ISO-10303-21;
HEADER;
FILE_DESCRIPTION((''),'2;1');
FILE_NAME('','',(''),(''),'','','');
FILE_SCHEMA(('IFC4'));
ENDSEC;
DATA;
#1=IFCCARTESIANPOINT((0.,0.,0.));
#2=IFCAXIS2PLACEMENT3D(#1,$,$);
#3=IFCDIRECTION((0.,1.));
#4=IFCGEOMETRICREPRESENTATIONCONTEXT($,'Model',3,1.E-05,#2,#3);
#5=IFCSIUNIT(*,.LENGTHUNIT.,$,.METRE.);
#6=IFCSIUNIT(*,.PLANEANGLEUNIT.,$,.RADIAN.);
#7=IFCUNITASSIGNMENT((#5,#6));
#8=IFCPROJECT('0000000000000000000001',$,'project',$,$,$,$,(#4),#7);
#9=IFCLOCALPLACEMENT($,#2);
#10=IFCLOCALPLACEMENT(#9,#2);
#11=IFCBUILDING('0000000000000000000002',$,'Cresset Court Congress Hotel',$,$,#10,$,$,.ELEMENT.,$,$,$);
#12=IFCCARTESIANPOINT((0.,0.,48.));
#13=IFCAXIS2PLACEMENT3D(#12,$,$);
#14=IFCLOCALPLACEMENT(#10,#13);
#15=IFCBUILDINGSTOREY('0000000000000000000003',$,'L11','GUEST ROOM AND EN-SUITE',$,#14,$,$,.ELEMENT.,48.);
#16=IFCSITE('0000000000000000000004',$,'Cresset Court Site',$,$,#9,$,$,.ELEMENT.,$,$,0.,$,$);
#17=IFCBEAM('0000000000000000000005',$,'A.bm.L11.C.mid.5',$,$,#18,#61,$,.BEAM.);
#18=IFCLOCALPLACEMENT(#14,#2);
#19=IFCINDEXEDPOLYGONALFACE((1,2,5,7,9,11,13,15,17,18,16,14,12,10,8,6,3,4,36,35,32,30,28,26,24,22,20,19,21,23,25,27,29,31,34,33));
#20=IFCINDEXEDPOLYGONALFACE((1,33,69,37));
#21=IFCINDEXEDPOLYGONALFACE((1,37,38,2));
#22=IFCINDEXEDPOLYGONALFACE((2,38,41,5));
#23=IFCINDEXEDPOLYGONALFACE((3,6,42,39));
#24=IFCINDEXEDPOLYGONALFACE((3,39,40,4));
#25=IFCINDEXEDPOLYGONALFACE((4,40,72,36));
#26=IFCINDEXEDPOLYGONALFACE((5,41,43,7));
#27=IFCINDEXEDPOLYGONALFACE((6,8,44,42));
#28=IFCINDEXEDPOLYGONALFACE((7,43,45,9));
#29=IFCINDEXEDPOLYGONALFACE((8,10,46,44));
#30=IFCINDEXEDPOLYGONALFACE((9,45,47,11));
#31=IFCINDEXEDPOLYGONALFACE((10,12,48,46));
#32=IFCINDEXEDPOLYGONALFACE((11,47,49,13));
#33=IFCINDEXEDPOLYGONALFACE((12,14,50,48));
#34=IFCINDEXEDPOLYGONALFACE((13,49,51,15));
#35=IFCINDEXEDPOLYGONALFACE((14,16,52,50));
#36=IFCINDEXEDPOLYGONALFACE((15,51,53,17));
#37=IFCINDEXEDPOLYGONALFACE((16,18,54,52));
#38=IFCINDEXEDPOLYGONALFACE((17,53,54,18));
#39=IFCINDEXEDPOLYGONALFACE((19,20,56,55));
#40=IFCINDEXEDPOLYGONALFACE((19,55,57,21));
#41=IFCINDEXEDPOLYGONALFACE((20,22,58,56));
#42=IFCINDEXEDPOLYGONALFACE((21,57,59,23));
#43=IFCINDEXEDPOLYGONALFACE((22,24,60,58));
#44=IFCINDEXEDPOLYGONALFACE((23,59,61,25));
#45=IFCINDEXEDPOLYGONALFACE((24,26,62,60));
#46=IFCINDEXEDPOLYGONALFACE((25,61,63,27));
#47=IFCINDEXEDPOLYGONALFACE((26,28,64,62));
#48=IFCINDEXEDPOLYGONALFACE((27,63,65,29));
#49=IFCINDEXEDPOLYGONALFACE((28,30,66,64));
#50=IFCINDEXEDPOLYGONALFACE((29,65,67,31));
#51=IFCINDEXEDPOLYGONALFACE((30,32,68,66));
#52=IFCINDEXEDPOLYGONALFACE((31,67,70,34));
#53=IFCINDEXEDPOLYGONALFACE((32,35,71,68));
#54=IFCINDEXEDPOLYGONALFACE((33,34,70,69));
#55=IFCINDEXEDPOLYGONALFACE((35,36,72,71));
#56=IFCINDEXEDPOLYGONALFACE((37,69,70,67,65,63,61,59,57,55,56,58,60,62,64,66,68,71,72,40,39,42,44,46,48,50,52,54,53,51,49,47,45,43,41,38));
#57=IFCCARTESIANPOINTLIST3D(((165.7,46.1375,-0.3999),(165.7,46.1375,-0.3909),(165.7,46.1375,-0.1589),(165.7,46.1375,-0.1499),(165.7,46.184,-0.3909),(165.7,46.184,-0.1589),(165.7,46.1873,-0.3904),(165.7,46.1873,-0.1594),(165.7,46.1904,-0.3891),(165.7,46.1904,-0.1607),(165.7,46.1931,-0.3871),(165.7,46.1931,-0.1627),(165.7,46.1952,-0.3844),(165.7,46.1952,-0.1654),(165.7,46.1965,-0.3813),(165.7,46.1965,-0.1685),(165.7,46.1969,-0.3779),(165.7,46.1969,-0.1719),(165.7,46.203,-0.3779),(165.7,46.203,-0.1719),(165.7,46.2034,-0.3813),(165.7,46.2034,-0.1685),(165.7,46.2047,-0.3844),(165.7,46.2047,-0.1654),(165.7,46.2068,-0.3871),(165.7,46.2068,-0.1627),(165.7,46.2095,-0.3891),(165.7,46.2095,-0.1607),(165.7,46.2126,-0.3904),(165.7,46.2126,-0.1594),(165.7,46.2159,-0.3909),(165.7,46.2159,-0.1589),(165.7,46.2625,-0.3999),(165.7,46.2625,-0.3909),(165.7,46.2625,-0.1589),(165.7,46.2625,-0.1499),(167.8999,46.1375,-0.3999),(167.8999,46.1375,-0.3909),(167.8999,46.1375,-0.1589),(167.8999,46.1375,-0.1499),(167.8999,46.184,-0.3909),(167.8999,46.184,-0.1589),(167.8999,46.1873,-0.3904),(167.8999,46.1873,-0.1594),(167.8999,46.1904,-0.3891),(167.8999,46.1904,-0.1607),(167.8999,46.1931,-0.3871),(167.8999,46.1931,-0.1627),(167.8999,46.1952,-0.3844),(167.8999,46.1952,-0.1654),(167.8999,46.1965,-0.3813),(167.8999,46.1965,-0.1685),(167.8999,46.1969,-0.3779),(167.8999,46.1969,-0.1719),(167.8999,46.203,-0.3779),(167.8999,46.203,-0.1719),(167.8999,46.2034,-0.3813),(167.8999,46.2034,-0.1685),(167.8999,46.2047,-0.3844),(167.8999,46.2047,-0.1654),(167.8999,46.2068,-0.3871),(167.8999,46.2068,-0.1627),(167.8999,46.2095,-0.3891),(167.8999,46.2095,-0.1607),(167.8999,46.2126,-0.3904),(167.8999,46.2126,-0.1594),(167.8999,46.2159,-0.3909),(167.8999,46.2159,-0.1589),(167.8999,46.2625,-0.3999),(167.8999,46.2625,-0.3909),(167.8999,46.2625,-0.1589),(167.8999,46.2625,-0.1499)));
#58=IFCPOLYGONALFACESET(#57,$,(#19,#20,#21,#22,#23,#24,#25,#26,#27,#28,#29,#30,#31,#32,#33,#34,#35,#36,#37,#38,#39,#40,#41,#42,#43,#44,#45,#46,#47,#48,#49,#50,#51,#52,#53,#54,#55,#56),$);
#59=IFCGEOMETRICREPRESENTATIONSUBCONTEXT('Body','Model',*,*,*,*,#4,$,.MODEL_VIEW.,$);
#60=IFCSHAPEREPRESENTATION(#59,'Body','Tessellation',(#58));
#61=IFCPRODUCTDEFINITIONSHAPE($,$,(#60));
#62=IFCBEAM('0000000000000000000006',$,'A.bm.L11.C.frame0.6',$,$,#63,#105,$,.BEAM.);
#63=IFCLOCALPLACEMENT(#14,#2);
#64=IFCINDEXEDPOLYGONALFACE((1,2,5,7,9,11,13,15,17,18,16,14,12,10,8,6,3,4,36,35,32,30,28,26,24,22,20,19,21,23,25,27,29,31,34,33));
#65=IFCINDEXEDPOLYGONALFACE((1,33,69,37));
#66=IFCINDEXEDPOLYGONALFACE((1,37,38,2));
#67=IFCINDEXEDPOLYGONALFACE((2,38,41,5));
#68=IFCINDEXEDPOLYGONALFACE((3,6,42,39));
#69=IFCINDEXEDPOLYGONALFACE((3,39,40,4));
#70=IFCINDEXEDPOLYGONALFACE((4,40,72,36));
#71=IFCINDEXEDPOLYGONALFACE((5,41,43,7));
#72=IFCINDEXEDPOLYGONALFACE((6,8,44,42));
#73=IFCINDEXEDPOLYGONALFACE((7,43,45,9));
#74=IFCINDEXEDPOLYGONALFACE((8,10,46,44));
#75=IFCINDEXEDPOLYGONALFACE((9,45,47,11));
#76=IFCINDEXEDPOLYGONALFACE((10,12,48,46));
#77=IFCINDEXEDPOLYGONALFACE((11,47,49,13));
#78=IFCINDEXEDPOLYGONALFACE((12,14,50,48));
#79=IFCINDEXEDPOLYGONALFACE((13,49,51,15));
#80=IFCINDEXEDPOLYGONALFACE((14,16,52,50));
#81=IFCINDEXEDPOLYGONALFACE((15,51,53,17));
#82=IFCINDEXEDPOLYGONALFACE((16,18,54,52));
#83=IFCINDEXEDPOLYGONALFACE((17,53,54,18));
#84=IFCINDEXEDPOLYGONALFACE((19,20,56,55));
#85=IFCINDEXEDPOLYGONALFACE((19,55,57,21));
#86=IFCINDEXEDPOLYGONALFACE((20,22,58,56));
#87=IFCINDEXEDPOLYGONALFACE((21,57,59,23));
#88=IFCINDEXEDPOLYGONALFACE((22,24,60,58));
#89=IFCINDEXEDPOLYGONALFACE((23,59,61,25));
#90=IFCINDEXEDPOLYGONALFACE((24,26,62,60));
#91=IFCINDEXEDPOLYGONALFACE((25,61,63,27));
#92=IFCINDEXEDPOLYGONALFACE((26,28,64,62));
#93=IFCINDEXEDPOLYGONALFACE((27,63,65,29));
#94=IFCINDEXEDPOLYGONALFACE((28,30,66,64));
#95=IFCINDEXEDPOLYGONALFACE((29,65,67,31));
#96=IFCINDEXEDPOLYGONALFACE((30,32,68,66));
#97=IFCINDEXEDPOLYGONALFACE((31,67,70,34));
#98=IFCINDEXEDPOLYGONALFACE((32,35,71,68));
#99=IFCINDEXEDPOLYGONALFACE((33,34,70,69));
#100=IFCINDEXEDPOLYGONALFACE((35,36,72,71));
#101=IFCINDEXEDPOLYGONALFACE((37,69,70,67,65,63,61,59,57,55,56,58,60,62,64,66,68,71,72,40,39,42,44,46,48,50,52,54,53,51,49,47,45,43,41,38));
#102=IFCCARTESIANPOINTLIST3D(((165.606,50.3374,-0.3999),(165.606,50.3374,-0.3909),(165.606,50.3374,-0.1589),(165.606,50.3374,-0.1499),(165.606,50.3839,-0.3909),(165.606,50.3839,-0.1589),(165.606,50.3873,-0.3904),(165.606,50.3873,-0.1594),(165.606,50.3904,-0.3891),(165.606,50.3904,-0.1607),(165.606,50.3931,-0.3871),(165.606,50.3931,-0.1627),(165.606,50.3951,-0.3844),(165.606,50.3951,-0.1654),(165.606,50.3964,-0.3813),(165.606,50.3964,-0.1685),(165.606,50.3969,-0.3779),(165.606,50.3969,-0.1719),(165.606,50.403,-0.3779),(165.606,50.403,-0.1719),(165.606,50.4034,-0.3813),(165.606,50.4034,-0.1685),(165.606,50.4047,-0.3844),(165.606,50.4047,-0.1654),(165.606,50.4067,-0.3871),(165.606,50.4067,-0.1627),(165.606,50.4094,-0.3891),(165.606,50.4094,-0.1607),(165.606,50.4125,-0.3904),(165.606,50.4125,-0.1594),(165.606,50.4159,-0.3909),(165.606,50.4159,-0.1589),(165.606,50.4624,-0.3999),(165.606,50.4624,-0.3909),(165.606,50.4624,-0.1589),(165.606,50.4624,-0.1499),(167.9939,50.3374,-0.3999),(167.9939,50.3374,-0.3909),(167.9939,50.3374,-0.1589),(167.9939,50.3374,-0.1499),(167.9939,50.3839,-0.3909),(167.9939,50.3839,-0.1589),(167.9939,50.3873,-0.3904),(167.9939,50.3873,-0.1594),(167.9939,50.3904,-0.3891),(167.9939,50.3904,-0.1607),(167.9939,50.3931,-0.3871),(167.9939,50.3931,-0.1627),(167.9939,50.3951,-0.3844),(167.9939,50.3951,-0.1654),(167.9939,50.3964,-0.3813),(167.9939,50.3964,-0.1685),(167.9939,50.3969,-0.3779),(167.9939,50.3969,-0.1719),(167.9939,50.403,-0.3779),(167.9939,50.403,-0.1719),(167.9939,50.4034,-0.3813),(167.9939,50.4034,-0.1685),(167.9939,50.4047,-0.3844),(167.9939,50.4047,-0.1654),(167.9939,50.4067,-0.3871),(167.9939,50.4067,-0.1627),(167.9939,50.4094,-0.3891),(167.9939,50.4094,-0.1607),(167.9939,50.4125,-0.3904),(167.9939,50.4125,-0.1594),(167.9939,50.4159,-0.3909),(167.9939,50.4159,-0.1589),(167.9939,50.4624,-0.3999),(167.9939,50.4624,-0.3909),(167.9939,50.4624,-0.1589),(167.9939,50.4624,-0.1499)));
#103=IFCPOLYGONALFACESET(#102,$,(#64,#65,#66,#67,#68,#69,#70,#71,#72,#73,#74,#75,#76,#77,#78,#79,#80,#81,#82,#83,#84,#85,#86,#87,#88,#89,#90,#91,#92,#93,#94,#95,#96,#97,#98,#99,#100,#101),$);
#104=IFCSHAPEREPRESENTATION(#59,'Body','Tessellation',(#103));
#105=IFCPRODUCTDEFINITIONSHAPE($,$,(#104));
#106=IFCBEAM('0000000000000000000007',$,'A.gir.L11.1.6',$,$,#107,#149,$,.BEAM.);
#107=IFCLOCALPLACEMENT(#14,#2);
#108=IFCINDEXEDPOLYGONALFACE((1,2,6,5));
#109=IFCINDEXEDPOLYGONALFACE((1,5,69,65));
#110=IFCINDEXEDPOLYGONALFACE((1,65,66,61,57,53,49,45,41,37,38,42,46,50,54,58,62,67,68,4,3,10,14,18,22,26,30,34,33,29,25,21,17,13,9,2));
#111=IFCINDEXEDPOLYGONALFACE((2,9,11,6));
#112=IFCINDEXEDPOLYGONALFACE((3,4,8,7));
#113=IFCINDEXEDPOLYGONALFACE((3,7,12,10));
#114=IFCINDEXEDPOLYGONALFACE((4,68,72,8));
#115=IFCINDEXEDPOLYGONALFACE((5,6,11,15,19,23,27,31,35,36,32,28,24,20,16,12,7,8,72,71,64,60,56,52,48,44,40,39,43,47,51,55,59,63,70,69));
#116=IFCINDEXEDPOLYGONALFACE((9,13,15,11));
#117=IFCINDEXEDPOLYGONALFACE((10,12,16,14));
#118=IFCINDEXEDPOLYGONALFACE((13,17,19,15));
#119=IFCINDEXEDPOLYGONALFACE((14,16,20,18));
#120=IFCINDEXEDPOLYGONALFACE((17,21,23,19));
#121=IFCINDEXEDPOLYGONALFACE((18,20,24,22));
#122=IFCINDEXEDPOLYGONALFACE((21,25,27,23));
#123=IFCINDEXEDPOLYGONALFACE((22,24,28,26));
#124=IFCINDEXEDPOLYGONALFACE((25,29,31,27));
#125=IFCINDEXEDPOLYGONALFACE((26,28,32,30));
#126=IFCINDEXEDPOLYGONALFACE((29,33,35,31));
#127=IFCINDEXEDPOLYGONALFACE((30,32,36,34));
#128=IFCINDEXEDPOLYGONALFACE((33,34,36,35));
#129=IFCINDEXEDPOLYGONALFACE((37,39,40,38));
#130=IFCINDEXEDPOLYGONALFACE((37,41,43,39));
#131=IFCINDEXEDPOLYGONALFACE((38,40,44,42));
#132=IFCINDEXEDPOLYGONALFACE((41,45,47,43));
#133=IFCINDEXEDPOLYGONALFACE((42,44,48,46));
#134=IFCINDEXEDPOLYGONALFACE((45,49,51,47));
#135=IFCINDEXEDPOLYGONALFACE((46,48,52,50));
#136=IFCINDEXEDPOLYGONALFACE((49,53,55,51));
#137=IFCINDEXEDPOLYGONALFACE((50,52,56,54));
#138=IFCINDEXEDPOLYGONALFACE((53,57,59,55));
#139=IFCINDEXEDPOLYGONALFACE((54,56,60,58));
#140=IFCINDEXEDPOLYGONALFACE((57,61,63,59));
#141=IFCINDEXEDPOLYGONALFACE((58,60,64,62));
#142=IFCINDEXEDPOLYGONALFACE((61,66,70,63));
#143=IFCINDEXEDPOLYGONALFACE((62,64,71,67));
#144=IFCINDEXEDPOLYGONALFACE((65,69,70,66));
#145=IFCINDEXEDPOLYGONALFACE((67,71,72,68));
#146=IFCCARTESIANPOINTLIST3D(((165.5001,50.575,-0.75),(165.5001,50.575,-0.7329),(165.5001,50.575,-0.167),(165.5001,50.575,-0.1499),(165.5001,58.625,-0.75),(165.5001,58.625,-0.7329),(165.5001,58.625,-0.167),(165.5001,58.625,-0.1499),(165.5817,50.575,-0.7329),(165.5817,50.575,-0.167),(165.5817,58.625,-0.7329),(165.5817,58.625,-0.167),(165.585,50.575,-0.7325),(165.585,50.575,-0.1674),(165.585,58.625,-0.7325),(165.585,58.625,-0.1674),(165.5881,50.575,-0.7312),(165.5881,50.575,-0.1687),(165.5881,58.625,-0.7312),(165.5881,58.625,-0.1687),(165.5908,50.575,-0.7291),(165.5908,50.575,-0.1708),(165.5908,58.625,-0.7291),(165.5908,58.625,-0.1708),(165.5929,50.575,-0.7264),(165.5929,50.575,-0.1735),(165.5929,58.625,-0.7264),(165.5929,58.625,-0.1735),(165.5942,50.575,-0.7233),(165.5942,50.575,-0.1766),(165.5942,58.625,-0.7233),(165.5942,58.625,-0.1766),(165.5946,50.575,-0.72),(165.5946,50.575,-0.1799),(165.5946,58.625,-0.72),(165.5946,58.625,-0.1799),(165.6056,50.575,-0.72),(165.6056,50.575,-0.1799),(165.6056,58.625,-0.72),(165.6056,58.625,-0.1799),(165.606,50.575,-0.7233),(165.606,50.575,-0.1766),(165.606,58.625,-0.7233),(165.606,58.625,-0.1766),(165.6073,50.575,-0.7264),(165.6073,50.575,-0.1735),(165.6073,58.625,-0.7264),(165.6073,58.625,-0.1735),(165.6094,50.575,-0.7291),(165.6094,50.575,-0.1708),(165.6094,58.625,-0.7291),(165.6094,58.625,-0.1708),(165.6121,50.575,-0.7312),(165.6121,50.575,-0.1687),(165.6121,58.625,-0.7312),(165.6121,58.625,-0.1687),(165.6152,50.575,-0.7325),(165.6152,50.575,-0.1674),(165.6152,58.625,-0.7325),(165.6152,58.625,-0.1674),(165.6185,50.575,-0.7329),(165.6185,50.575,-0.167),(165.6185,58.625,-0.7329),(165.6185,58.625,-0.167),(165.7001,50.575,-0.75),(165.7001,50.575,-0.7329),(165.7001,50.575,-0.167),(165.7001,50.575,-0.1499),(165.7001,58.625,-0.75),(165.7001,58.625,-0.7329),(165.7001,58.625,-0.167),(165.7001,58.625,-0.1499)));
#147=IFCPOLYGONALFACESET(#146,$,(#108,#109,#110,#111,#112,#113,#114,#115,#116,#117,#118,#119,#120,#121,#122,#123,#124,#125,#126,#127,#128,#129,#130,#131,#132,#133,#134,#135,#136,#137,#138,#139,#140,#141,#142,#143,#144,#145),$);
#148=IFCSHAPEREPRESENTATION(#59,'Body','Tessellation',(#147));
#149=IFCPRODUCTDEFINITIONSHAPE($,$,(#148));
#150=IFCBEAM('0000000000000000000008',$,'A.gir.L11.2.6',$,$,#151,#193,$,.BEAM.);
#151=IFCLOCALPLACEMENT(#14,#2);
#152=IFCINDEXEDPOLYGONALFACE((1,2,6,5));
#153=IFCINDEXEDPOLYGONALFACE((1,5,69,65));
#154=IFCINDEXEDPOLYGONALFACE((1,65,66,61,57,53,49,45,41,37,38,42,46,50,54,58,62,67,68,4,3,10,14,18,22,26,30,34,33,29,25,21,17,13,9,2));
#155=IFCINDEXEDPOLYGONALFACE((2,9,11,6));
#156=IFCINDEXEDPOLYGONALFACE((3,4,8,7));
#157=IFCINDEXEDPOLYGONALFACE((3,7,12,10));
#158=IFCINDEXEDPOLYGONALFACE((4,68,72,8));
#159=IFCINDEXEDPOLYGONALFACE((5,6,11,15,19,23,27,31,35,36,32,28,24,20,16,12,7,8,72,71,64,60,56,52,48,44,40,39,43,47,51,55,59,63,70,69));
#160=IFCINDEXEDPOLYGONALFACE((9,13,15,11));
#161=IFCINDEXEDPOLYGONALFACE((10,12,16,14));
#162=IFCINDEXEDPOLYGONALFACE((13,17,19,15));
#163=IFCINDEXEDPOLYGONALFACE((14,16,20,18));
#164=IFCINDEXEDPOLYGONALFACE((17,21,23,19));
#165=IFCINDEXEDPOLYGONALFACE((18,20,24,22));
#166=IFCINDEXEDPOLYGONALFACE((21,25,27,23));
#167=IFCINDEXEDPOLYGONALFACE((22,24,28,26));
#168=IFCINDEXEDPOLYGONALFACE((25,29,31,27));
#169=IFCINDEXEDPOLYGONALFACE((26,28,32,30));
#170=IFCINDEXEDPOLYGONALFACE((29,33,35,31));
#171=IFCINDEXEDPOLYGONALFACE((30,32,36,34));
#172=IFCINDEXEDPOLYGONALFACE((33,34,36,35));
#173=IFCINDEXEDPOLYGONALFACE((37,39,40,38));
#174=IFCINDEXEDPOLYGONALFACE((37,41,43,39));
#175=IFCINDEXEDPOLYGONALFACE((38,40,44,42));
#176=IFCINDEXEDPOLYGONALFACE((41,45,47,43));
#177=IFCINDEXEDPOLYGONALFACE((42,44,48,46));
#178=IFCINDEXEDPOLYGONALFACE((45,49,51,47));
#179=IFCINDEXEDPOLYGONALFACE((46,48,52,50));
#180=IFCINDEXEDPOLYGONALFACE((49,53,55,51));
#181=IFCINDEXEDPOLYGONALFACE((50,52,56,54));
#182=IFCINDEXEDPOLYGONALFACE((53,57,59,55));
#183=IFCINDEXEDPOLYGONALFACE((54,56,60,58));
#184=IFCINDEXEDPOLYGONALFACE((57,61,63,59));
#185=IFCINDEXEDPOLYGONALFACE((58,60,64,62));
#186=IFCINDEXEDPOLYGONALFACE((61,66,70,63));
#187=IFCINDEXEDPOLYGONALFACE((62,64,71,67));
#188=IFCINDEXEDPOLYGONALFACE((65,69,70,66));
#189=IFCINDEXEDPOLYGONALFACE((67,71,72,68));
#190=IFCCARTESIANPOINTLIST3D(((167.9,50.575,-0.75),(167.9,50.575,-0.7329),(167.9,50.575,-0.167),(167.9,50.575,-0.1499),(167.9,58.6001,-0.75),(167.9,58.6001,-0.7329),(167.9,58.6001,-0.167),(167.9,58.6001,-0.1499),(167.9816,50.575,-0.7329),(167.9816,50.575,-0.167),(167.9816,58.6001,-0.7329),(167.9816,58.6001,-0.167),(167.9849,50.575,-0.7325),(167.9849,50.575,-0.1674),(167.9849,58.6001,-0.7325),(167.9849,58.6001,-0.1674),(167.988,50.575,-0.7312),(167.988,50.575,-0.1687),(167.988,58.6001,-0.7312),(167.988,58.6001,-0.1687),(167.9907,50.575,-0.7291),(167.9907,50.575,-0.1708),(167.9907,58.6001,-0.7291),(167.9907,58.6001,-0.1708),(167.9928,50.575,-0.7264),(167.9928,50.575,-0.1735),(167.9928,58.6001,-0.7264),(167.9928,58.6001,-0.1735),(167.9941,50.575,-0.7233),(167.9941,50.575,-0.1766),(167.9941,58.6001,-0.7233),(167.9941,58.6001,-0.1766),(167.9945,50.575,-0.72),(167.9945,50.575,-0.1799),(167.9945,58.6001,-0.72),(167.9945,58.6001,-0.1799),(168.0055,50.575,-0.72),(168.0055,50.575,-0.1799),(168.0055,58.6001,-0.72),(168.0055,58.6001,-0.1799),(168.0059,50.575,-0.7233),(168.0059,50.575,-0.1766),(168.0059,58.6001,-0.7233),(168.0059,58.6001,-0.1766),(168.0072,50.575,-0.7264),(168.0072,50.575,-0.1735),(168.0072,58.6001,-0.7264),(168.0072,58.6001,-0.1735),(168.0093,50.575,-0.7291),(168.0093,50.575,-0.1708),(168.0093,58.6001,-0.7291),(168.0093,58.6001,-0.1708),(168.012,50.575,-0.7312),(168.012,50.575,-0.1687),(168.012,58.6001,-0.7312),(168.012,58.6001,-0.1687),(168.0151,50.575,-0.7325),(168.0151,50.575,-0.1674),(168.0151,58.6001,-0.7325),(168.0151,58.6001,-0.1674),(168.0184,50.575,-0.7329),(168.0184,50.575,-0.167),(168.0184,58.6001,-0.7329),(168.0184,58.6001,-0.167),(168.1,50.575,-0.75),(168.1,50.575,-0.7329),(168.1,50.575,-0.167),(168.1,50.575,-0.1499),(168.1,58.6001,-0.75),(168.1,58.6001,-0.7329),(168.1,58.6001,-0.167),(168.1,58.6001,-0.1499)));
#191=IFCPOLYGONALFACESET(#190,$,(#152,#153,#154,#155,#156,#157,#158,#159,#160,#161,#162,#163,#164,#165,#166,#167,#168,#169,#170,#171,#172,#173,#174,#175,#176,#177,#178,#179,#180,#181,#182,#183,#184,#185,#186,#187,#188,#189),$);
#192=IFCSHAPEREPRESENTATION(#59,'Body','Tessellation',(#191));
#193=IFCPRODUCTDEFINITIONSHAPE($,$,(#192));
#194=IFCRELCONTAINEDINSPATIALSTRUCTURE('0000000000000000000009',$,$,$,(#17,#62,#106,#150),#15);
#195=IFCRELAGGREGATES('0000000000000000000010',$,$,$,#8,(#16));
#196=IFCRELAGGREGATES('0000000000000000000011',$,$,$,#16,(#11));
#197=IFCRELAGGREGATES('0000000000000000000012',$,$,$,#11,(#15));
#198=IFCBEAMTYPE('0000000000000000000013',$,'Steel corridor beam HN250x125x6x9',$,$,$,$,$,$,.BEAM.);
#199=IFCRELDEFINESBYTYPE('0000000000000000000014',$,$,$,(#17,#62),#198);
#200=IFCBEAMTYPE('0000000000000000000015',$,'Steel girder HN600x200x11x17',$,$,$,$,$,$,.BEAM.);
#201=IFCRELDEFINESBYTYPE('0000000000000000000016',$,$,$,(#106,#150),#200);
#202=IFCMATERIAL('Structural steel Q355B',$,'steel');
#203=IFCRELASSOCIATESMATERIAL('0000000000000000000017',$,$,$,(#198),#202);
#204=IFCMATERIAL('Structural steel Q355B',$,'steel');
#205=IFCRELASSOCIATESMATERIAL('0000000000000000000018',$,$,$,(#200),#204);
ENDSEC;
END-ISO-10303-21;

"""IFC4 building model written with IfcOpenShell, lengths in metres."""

from ifc_helpers import new_model, si_unit, direction, frame, origin, origin_2d, place, context, subcontext, project, spatial, i_section, extrude, material, material_profile, profile_set, type_object, element, save


model = new_model("IFC4")

# Units and contexts
model_context = context("Model", 3, precision=1e-05, world=origin(), true_north=direction((0.0, 1.0)))
body_context = subcontext(model_context, "Body", "Model", "MODEL_VIEW")
ifc_project = project(units=[si_unit("LENGTHUNIT", "METRE"), si_unit("PLANEANGLEUNIT", "RADIAN")], contexts=[model_context])

# Site, building, storey
site_placement = place(None, origin())
site = spatial("IfcSite", under=ifc_project, at=site_placement, Name="Cresset Court Site", CompositionType="ELEMENT", RefElevation=0.0)
building_placement = place(site_placement, origin())
building = spatial("IfcBuilding", under=site, at=building_placement, Name="Cresset Court Congress Hotel", CompositionType="ELEMENT")
storey_placement = place(building_placement, frame((0.0, 0.0, 48.0)))
storey = spatial("IfcBuildingStorey", under=building, at=storey_placement, Name="L11", Description="GUEST ROOM AND EN-SUITE", CompositionType="ELEMENT", Elevation=48.0)

# Beams
ifc_material_1 = material(Name="Structural steel Q355B", Category="steel")
ifc_material_profile_1 = material_profile(ifc_material_1, i_section(OverallWidth=0.125, OverallDepth=0.25, WebThickness=0.0061, FlangeThickness=0.009, FilletRadius=0.0129, at=origin_2d()), Name="HN250x125x6x9")
ifc_profile_set_1 = profile_set([ifc_material_profile_1], Name="Structural steel Q355B")
beam_type_1 = type_object("IfcBeamType", Name="Steel corridor beam HN250x125x6x9", PredefinedType="BEAM", material=ifc_profile_set_1)
beam_1_placement = place(storey_placement, frame((165.7, 46.2, -0.2749), z_axis=(1.0, 0.0, 0.0), x_axis=(0.0, 1.0, 0.0)))
element("IfcBeam", 1, at=beam_1_placement, inside=storey, type_object=beam_type_1, Name="A.bm.L11.C.mid.5", PredefinedType="BEAM", context=body_context, shape_type="SweptSolid", body=[
    extrude(i_section(OverallWidth=0.125, OverallDepth=0.25, WebThickness=0.0061, FlangeThickness=0.009, FilletRadius=0.0129, at=origin_2d()), origin(), (0.0, 0.0, 1.0), 2.2),
])
beam_2_placement = place(storey_placement, frame((165.606, 50.3999, -0.2749), z_axis=(1.0, 0.0, 0.0), x_axis=(0.0, 1.0, 0.0)))
element("IfcBeam", 2, at=beam_2_placement, inside=storey, type_object=beam_type_1, Name="A.bm.L11.C.frame0.6", PredefinedType="BEAM", context=body_context, shape_type="SweptSolid", body=[
    extrude(i_section(OverallWidth=0.125, OverallDepth=0.25, WebThickness=0.0061, FlangeThickness=0.009, FilletRadius=0.0129, at=origin_2d()), origin(), (0.0, 0.0, 1.0), 2.3879),
])
ifc_material_2 = material(Name="Structural steel Q355B", Category="steel")
ifc_material_profile_2 = material_profile(ifc_material_2, i_section(OverallWidth=0.2, OverallDepth=0.6001, WebThickness=0.011, FlangeThickness=0.0171, FilletRadius=0.0129, at=origin_2d()), Name="HN600x200x11x17")
ifc_profile_set_2 = profile_set([ifc_material_profile_2], Name="Structural steel Q355B")
beam_type_2 = type_object("IfcBeamType", Name="Steel girder HN600x200x11x17", PredefinedType="BEAM", material=ifc_profile_set_2)
beam_3_placement = place(storey_placement, frame((165.6001, 50.575, -0.45), z_axis=(0.0, 1.0, 0.0), x_axis=(-1.0, 0.0, 0.0)))
element("IfcBeam", 3, at=beam_3_placement, inside=storey, type_object=beam_type_2, Name="A.gir.L11.1.6", PredefinedType="BEAM", context=body_context, shape_type="SweptSolid", body=[
    extrude(i_section(OverallWidth=0.2, OverallDepth=0.6001, WebThickness=0.011, FlangeThickness=0.0171, FilletRadius=0.0129, at=origin_2d()), origin(), (0.0, 0.0, 1.0), 8.05),
])
for number, where, z_axis, x_axis, name in (
    (4, (168.0, 50.575, -0.45), (0.0, 1.0, 0.0), (-1.0, 0.0, 0.0), "A.gir.L11.2.6"),
):
    element("IfcBeam", number, at=place(storey_placement, frame(where, z_axis=z_axis, x_axis=x_axis)), inside=storey, type_object=beam_type_2, Name=name, PredefinedType="BEAM", context=body_context, shape_type="SweptSolid", body=[
        extrude(i_section(OverallWidth=0.2, OverallDepth=0.6001, WebThickness=0.011, FlangeThickness=0.0171, FilletRadius=0.0129, at=origin_2d()), origin(), (0.0, 0.0, 1.0), 8.0251),
    ])

save(model, "model.ifc")
